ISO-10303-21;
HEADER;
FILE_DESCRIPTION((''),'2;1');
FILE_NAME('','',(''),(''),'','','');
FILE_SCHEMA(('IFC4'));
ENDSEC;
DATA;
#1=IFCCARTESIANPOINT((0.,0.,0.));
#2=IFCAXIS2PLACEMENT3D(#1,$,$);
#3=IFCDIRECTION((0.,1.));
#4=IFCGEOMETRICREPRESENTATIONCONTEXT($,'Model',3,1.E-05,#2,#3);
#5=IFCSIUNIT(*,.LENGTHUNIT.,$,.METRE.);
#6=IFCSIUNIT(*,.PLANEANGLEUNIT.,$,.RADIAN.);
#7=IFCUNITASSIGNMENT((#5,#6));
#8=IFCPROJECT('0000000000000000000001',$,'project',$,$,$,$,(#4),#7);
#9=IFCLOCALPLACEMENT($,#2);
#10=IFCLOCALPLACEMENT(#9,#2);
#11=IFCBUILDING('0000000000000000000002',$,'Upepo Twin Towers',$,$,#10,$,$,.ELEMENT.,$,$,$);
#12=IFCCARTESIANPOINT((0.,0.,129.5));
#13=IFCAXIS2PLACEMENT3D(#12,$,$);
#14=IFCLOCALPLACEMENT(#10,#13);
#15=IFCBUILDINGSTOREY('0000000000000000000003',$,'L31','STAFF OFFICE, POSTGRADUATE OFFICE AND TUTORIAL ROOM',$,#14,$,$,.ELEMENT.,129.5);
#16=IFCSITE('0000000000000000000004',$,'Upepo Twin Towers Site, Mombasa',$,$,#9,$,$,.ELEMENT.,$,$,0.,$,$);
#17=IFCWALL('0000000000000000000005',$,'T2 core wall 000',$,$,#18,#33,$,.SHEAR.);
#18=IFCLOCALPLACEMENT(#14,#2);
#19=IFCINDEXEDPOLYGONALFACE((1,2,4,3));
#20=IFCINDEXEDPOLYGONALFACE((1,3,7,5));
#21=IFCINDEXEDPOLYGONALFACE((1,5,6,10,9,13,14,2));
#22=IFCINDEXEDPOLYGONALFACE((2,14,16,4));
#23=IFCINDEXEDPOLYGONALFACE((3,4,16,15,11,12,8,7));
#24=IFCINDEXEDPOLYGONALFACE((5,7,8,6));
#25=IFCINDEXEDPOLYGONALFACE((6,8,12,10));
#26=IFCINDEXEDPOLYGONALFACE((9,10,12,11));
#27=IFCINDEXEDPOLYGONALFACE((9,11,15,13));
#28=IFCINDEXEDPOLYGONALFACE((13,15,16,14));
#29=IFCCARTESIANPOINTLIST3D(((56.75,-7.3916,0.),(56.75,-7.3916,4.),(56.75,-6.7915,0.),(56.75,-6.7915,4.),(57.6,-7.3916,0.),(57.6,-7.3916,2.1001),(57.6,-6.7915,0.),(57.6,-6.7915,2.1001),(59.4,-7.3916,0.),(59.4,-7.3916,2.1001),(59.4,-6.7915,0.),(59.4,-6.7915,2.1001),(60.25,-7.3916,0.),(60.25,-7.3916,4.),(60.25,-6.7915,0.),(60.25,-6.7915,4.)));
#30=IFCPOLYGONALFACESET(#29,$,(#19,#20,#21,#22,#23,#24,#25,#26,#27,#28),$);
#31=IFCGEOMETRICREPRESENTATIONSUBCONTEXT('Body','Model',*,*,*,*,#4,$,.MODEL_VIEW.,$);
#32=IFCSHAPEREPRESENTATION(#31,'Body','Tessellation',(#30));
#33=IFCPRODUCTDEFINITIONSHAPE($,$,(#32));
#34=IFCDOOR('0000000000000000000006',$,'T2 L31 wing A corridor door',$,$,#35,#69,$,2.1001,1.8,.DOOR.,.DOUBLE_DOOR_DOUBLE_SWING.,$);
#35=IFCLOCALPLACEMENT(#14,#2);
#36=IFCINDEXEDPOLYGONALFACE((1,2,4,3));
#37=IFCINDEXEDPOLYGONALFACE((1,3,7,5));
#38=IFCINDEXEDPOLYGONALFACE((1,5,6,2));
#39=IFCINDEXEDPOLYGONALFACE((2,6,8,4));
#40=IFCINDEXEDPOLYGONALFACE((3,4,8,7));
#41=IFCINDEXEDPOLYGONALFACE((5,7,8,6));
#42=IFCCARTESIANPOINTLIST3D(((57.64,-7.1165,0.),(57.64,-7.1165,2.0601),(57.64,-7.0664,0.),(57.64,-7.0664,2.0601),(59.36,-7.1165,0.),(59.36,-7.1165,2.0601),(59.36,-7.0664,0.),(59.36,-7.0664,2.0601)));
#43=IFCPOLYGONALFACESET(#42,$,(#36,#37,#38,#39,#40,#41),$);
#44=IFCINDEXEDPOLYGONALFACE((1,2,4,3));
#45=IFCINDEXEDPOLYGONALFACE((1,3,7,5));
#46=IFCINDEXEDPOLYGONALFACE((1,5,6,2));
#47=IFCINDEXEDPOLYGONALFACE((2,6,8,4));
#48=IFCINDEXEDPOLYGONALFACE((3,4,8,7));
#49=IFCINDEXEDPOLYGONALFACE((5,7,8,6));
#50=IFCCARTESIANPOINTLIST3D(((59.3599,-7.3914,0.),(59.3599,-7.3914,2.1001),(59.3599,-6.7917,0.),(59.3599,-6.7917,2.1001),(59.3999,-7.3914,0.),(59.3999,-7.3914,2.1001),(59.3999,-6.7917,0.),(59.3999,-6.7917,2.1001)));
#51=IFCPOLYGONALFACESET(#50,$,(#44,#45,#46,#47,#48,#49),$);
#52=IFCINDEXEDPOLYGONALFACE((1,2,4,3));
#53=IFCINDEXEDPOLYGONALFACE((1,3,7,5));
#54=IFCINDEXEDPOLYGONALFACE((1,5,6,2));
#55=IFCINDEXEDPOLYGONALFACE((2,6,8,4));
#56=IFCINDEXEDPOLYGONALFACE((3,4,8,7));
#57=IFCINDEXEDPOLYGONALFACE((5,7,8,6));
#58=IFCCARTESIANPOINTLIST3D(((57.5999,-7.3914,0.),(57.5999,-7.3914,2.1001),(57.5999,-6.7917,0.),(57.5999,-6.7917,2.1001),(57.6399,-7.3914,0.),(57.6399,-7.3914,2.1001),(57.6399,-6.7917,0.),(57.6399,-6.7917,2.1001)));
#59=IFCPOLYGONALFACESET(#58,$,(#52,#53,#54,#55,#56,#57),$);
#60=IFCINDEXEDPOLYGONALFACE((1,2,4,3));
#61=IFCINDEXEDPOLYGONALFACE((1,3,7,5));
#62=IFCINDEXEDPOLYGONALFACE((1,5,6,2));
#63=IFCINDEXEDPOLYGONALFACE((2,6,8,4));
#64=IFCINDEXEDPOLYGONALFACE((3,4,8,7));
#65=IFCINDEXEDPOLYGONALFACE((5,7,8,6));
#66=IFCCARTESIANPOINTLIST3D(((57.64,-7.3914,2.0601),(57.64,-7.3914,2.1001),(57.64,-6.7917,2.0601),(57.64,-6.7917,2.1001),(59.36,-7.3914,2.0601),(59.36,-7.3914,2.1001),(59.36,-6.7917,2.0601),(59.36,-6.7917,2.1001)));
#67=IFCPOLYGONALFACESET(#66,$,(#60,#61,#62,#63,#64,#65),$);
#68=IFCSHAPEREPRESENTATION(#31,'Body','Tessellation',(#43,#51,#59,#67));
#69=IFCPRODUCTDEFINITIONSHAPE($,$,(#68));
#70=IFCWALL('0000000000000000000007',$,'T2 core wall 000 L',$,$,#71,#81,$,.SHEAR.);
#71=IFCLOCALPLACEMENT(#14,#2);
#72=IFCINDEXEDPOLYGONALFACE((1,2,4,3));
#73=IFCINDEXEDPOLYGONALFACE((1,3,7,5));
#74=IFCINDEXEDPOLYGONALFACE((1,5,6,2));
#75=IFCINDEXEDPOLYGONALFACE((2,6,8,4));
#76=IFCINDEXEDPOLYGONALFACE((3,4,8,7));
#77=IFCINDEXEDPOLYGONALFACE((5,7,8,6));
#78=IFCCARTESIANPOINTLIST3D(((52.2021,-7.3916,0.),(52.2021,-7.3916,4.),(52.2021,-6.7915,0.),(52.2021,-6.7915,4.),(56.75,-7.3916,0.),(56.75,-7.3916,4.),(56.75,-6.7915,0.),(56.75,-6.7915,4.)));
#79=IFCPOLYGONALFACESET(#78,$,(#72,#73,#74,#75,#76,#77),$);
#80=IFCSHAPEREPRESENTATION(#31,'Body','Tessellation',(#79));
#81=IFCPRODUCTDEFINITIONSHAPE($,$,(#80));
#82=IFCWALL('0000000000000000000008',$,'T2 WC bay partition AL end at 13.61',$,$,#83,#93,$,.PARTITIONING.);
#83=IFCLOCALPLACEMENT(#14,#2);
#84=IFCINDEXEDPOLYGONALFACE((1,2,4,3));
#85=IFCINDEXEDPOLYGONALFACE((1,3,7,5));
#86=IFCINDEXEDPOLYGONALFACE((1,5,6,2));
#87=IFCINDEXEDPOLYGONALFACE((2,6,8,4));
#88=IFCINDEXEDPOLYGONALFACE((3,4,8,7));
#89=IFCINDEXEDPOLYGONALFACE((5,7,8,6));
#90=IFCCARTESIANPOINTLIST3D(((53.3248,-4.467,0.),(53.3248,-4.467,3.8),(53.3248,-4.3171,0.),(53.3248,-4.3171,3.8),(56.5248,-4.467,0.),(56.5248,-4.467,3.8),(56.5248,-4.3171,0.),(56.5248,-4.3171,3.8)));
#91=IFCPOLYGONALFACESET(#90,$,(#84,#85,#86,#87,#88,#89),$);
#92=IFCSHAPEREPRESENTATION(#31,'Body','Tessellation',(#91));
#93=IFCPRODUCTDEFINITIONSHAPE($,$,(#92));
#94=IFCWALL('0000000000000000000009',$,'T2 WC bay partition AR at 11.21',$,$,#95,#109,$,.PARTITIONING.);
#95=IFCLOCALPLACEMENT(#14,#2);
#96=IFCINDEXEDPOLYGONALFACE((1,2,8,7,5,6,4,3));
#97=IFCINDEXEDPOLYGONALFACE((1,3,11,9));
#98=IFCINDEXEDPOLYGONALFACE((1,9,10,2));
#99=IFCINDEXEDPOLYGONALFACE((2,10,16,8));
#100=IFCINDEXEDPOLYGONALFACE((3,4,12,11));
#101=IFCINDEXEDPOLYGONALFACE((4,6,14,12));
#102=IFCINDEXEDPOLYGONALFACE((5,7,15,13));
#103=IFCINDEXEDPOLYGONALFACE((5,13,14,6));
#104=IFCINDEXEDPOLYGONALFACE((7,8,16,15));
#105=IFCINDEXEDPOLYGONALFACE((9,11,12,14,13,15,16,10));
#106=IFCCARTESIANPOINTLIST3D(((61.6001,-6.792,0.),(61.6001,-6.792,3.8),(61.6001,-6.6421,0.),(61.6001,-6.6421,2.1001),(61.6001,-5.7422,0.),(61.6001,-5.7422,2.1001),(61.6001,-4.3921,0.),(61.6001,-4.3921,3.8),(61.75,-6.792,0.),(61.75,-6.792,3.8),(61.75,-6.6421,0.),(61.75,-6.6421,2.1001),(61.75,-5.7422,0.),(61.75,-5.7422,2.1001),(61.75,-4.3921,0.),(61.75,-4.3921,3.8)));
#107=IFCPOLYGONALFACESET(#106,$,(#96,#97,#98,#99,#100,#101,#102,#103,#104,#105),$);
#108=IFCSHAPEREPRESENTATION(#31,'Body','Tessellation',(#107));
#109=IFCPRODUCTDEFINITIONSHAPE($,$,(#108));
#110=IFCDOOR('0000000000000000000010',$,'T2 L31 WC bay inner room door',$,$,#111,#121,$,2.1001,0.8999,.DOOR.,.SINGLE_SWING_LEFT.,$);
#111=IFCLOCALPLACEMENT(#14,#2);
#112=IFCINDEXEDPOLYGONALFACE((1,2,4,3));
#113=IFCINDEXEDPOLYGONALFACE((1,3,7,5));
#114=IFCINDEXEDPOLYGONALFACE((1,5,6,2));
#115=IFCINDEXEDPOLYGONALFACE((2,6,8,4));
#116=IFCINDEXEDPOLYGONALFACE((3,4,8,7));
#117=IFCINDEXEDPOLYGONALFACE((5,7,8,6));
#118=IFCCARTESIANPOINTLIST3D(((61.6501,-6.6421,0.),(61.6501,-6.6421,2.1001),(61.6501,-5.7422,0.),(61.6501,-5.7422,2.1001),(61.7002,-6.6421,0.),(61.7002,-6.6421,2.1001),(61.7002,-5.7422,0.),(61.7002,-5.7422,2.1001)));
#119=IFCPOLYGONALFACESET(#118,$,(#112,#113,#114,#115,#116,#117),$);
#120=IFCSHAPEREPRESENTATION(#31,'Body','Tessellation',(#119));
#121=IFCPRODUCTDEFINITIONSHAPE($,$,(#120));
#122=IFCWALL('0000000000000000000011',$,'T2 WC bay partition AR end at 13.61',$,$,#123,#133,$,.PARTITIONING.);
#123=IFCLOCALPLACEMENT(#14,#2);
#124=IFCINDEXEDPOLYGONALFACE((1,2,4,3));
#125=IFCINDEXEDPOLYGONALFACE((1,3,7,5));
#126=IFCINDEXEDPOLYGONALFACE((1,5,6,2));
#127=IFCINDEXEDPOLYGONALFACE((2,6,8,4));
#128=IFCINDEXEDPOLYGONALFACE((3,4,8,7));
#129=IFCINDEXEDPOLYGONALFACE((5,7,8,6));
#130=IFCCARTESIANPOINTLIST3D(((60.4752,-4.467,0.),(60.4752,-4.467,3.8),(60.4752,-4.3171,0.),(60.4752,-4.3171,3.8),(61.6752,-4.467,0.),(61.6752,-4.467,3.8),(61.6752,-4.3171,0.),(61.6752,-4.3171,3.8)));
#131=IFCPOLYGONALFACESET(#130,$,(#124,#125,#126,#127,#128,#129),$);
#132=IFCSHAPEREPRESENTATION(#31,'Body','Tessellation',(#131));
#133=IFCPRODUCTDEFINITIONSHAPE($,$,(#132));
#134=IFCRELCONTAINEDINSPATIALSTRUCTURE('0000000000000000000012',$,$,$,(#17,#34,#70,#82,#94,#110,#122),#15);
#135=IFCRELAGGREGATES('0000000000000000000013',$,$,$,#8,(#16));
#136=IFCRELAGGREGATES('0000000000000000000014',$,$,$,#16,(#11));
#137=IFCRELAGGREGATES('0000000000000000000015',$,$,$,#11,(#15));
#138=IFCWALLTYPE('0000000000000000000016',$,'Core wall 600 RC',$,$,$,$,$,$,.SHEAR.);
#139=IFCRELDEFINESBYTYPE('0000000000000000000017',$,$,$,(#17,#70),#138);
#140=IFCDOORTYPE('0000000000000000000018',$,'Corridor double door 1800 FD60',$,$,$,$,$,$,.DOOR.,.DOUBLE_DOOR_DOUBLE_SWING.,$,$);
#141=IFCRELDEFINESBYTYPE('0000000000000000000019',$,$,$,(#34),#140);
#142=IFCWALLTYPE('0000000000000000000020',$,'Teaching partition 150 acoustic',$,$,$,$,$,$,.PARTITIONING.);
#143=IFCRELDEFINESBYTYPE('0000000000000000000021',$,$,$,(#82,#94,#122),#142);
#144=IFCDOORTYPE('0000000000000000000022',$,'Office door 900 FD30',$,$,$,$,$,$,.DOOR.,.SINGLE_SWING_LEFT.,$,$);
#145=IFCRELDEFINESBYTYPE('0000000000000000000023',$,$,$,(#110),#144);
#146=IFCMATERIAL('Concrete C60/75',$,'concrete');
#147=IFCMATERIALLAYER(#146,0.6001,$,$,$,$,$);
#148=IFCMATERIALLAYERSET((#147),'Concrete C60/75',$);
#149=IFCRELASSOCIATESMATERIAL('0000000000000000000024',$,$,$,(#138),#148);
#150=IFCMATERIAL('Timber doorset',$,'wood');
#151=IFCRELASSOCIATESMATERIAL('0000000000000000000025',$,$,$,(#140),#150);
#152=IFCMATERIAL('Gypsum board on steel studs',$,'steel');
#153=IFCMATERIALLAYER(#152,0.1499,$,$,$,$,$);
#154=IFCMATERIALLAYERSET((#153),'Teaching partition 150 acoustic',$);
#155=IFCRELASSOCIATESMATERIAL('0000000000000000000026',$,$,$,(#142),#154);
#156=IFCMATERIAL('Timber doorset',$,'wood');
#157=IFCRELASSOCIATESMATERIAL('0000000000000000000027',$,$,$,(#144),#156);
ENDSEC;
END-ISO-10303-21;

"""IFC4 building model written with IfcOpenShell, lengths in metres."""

from ifc_helpers import new_model, si_unit, direction, frame, frame_2d, origin, place, context, subcontext, project, spatial, rectangle, extrude, material, layer, layer_set, type_object, element, fill, save


model = new_model("IFC4")

# Units and contexts
model_context = context("Model", 3, precision=1e-05, world=origin(), true_north=direction((0.0, 1.0)))
body_context = subcontext(model_context, "Body", "Model", "MODEL_VIEW")
ifc_project = project(units=[si_unit("LENGTHUNIT", "METRE"), si_unit("PLANEANGLEUNIT", "RADIAN")], contexts=[model_context])

# Site, building, storey
site_placement = place(None, origin())
site = spatial("IfcSite", under=ifc_project, at=site_placement, Name="Upepo Twin Towers Site, Mombasa", CompositionType="ELEMENT", RefElevation=0.0)
building_placement = place(site_placement, origin())
building = spatial("IfcBuilding", under=site, at=building_placement, Name="Upepo Twin Towers", CompositionType="ELEMENT")
storey_placement = place(building_placement, frame((0.0, 0.0, 129.5)))
storey = spatial("IfcBuildingStorey", under=building, at=storey_placement, Name="L31", Description="STAFF OFFICE, POSTGRADUATE OFFICE AND TUTORIAL ROOM", CompositionType="ELEMENT", Elevation=129.5)

# Shared definitions
ifc_material_1 = material(Name="Concrete C60/75", Category="concrete")
ifc_layer_1 = layer(ifc_material_1, 0.6001)
ifc_layer_set_1 = layer_set([ifc_layer_1], Name="Concrete C60/75")
wall_type_1 = type_object("IfcWallType", Name="Core wall 600 RC", PredefinedType="SHEAR", material=ifc_layer_set_1)

# Wall, opening, door
wall_1_placement = place(storey_placement, frame((60.25, -7.0916, 0.0), z_axis=(0.0, 0.0, 1.0), x_axis=(-1.0, 0.0, 0.0)))
wall_1 = element("IfcWall", 1, at=wall_1_placement, inside=storey, type_object=wall_type_1, Name="T2 core wall 000", PredefinedType="SHEAR", context=body_context, shape_type="SweptSolid", body=[
    extrude(rectangle(XDim=3.5, YDim=0.6001, at=frame_2d((1.75, 0.0))), origin(), (0.0, 0.0, 1.0), 4.0),
])
opening_1_placement = place(wall_1_placement, frame((0.8501, 0.0, 0.0)))
opening_1 = element("IfcOpeningElement", 2, at=opening_1_placement, cuts=wall_1, PredefinedType="OPENING", context=body_context, shape_type="SweptSolid", body=[
    extrude(rectangle(XDim=1.8, YDim=2.1001, at=frame_2d((0.8999, 1.05))), frame((0.0, 0.3101, 0.0), z_axis=(0.0, -1.0, 0.0), x_axis=(1.0, 0.0, 0.0)), (0.0, 0.0, 1.0), 0.6201),
])
ifc_material_2 = material(Name="Timber doorset", Category="wood")
door_type_1 = type_object("IfcDoorType", Name="Corridor double door 1800 FD60", OperationType="DOUBLE_DOOR_DOUBLE_SWING", PredefinedType="DOOR", material=ifc_material_2)
door_1_placement = place(opening_1_placement, origin())
door_1 = element("IfcDoor", 3, at=door_1_placement, inside=storey, type_object=door_type_1, Name="T2 L31 wing A corridor door", OperationType="DOUBLE_DOOR_DOUBLE_SWING", OverallHeight=2.1001, OverallWidth=1.8, PredefinedType="DOOR", context=body_context, shape_type="SweptSolid", body=[
    extrude(rectangle(XDim=1.72, YDim=2.0601, at=frame_2d((0.8999, 1.03))), frame((0.0, 0.0249, 0.0), z_axis=(0.0, -1.0, 0.0), x_axis=(1.0, 0.0, 0.0)), (0.0, 0.0, 1.0), 0.05),
    extrude(rectangle(XDim=0.04, YDim=2.1001, at=frame_2d((0.02, 1.05))), frame((0.0, 0.2998, 0.0), z_axis=(0.0, -1.0, 0.0), x_axis=(1.0, 0.0, 0.0)), (0.0, 0.0, 1.0), 0.5996),
    extrude(rectangle(XDim=0.04, YDim=2.1001, at=frame_2d((1.78, 1.05))), frame((0.0, 0.2998, 0.0), z_axis=(0.0, -1.0, 0.0), x_axis=(1.0, 0.0, 0.0)), (0.0, 0.0, 1.0), 0.5996),
    extrude(rectangle(XDim=1.72, YDim=0.04, at=frame_2d((0.8999, 2.0801))), frame((0.0, 0.2998, 0.0), z_axis=(0.0, -1.0, 0.0), x_axis=(1.0, 0.0, 0.0)), (0.0, 0.0, 1.0), 0.5996),
])
fill(opening_1, door_1)

# Walls
wall_2_placement = place(storey_placement, frame((56.75, -7.0916, 0.0), z_axis=(0.0, 0.0, 1.0), x_axis=(-1.0, 0.0, 0.0)))
element("IfcWall", 4, at=wall_2_placement, inside=storey, type_object=wall_type_1, Name="T2 core wall 000 L", PredefinedType="SHEAR", context=body_context, shape_type="SweptSolid", body=[
    extrude(rectangle(XDim=4.5479, YDim=0.6001, at=frame_2d((2.2739, 0.0))), origin(), (0.0, 0.0, 1.0), 4.0),
])
ifc_material_3 = material(Name="Gypsum board on steel studs", Category="steel")
ifc_layer_2 = layer(ifc_material_3, 0.1499)
ifc_layer_set_2 = layer_set([ifc_layer_2], Name="Teaching partition 150 acoustic")
wall_type_2 = type_object("IfcWallType", Name="Teaching partition 150 acoustic", PredefinedType="PARTITIONING", material=ifc_layer_set_2)
wall_3_placement = place(storey_placement, frame((56.5249, -4.3921, 0.0), z_axis=(0.0, 0.0, 1.0), x_axis=(-1.0, 0.0, 0.0)))
element("IfcWall", 5, at=wall_3_placement, inside=storey, type_object=wall_type_2, Name="T2 WC bay partition AL end at 13.61", PredefinedType="PARTITIONING", context=body_context, shape_type="SweptSolid", body=[
    extrude(rectangle(XDim=3.2, YDim=0.1499, at=frame_2d((1.6001, 0.0))), origin(), (0.0, 0.0, 1.0), 3.8),
])

# Wall, opening, door
wall_4_placement = place(storey_placement, frame((61.675, -6.792, 0.0), z_axis=(0.0, 0.0, 1.0), x_axis=(0.0, 1.0, 0.0)))
wall_4 = element("IfcWall", 6, at=wall_4_placement, inside=storey, type_object=wall_type_2, Name="T2 WC bay partition AR at 11.21", PredefinedType="PARTITIONING", context=body_context, shape_type="SweptSolid", body=[
    extrude(rectangle(XDim=2.3999, YDim=0.1499, at=frame_2d((1.2, 0.0))), origin(), (0.0, 0.0, 1.0), 3.8),
])
opening_2_placement = place(wall_4_placement, frame((0.1499, 0.0, 0.0)))
opening_2 = element("IfcOpeningElement", 7, at=opening_2_placement, cuts=wall_4, PredefinedType="OPENING", context=body_context, shape_type="SweptSolid", body=[
    extrude(rectangle(XDim=0.8999, YDim=2.1001, at=frame_2d((0.45, 1.05))), frame((0.0, 0.085, 0.0), z_axis=(0.0, -1.0, 0.0), x_axis=(1.0, 0.0, 0.0)), (0.0, 0.0, 1.0), 0.1699),
])
ifc_material_4 = material(Name="Timber doorset", Category="wood")
door_type_2 = type_object("IfcDoorType", Name="Office door 900 FD30", OperationType="SINGLE_SWING_LEFT", PredefinedType="DOOR", material=ifc_material_4)
door_2_placement = place(opening_2_placement, origin())
door_2 = element("IfcDoor", 8, at=door_2_placement, inside=storey, type_object=door_type_2, Name="T2 L31 WC bay inner room door", OperationType="SINGLE_SWING_LEFT", OverallHeight=2.1001, OverallWidth=0.8999, PredefinedType="DOOR", context=body_context, shape_type="SweptSolid", body=[
    extrude(rectangle(XDim=0.8999, YDim=2.1001, at=frame_2d((0.45, 1.05))), frame((0.0, 0.0249, 0.0), z_axis=(0.0, -1.0, 0.0), x_axis=(1.0, 0.0, 0.0)), (0.0, 0.0, 1.0), 0.05),
])
fill(opening_2, door_2)

# Wall
wall_5_placement = place(storey_placement, frame((60.4751, -4.3921, 0.0), z_axis=(0.0, 0.0, 1.0), x_axis=(1.0, 0.0, 0.0)))
element("IfcWall", 9, at=wall_5_placement, inside=storey, type_object=wall_type_2, Name="T2 WC bay partition AR end at 13.61", PredefinedType="PARTITIONING", context=body_context, shape_type="SweptSolid", body=[
    extrude(rectangle(XDim=1.2, YDim=0.1499, at=frame_2d((0.6001, 0.0))), origin(), (0.0, 0.0, 1.0), 3.8),
])

save(model, "model.ifc")
